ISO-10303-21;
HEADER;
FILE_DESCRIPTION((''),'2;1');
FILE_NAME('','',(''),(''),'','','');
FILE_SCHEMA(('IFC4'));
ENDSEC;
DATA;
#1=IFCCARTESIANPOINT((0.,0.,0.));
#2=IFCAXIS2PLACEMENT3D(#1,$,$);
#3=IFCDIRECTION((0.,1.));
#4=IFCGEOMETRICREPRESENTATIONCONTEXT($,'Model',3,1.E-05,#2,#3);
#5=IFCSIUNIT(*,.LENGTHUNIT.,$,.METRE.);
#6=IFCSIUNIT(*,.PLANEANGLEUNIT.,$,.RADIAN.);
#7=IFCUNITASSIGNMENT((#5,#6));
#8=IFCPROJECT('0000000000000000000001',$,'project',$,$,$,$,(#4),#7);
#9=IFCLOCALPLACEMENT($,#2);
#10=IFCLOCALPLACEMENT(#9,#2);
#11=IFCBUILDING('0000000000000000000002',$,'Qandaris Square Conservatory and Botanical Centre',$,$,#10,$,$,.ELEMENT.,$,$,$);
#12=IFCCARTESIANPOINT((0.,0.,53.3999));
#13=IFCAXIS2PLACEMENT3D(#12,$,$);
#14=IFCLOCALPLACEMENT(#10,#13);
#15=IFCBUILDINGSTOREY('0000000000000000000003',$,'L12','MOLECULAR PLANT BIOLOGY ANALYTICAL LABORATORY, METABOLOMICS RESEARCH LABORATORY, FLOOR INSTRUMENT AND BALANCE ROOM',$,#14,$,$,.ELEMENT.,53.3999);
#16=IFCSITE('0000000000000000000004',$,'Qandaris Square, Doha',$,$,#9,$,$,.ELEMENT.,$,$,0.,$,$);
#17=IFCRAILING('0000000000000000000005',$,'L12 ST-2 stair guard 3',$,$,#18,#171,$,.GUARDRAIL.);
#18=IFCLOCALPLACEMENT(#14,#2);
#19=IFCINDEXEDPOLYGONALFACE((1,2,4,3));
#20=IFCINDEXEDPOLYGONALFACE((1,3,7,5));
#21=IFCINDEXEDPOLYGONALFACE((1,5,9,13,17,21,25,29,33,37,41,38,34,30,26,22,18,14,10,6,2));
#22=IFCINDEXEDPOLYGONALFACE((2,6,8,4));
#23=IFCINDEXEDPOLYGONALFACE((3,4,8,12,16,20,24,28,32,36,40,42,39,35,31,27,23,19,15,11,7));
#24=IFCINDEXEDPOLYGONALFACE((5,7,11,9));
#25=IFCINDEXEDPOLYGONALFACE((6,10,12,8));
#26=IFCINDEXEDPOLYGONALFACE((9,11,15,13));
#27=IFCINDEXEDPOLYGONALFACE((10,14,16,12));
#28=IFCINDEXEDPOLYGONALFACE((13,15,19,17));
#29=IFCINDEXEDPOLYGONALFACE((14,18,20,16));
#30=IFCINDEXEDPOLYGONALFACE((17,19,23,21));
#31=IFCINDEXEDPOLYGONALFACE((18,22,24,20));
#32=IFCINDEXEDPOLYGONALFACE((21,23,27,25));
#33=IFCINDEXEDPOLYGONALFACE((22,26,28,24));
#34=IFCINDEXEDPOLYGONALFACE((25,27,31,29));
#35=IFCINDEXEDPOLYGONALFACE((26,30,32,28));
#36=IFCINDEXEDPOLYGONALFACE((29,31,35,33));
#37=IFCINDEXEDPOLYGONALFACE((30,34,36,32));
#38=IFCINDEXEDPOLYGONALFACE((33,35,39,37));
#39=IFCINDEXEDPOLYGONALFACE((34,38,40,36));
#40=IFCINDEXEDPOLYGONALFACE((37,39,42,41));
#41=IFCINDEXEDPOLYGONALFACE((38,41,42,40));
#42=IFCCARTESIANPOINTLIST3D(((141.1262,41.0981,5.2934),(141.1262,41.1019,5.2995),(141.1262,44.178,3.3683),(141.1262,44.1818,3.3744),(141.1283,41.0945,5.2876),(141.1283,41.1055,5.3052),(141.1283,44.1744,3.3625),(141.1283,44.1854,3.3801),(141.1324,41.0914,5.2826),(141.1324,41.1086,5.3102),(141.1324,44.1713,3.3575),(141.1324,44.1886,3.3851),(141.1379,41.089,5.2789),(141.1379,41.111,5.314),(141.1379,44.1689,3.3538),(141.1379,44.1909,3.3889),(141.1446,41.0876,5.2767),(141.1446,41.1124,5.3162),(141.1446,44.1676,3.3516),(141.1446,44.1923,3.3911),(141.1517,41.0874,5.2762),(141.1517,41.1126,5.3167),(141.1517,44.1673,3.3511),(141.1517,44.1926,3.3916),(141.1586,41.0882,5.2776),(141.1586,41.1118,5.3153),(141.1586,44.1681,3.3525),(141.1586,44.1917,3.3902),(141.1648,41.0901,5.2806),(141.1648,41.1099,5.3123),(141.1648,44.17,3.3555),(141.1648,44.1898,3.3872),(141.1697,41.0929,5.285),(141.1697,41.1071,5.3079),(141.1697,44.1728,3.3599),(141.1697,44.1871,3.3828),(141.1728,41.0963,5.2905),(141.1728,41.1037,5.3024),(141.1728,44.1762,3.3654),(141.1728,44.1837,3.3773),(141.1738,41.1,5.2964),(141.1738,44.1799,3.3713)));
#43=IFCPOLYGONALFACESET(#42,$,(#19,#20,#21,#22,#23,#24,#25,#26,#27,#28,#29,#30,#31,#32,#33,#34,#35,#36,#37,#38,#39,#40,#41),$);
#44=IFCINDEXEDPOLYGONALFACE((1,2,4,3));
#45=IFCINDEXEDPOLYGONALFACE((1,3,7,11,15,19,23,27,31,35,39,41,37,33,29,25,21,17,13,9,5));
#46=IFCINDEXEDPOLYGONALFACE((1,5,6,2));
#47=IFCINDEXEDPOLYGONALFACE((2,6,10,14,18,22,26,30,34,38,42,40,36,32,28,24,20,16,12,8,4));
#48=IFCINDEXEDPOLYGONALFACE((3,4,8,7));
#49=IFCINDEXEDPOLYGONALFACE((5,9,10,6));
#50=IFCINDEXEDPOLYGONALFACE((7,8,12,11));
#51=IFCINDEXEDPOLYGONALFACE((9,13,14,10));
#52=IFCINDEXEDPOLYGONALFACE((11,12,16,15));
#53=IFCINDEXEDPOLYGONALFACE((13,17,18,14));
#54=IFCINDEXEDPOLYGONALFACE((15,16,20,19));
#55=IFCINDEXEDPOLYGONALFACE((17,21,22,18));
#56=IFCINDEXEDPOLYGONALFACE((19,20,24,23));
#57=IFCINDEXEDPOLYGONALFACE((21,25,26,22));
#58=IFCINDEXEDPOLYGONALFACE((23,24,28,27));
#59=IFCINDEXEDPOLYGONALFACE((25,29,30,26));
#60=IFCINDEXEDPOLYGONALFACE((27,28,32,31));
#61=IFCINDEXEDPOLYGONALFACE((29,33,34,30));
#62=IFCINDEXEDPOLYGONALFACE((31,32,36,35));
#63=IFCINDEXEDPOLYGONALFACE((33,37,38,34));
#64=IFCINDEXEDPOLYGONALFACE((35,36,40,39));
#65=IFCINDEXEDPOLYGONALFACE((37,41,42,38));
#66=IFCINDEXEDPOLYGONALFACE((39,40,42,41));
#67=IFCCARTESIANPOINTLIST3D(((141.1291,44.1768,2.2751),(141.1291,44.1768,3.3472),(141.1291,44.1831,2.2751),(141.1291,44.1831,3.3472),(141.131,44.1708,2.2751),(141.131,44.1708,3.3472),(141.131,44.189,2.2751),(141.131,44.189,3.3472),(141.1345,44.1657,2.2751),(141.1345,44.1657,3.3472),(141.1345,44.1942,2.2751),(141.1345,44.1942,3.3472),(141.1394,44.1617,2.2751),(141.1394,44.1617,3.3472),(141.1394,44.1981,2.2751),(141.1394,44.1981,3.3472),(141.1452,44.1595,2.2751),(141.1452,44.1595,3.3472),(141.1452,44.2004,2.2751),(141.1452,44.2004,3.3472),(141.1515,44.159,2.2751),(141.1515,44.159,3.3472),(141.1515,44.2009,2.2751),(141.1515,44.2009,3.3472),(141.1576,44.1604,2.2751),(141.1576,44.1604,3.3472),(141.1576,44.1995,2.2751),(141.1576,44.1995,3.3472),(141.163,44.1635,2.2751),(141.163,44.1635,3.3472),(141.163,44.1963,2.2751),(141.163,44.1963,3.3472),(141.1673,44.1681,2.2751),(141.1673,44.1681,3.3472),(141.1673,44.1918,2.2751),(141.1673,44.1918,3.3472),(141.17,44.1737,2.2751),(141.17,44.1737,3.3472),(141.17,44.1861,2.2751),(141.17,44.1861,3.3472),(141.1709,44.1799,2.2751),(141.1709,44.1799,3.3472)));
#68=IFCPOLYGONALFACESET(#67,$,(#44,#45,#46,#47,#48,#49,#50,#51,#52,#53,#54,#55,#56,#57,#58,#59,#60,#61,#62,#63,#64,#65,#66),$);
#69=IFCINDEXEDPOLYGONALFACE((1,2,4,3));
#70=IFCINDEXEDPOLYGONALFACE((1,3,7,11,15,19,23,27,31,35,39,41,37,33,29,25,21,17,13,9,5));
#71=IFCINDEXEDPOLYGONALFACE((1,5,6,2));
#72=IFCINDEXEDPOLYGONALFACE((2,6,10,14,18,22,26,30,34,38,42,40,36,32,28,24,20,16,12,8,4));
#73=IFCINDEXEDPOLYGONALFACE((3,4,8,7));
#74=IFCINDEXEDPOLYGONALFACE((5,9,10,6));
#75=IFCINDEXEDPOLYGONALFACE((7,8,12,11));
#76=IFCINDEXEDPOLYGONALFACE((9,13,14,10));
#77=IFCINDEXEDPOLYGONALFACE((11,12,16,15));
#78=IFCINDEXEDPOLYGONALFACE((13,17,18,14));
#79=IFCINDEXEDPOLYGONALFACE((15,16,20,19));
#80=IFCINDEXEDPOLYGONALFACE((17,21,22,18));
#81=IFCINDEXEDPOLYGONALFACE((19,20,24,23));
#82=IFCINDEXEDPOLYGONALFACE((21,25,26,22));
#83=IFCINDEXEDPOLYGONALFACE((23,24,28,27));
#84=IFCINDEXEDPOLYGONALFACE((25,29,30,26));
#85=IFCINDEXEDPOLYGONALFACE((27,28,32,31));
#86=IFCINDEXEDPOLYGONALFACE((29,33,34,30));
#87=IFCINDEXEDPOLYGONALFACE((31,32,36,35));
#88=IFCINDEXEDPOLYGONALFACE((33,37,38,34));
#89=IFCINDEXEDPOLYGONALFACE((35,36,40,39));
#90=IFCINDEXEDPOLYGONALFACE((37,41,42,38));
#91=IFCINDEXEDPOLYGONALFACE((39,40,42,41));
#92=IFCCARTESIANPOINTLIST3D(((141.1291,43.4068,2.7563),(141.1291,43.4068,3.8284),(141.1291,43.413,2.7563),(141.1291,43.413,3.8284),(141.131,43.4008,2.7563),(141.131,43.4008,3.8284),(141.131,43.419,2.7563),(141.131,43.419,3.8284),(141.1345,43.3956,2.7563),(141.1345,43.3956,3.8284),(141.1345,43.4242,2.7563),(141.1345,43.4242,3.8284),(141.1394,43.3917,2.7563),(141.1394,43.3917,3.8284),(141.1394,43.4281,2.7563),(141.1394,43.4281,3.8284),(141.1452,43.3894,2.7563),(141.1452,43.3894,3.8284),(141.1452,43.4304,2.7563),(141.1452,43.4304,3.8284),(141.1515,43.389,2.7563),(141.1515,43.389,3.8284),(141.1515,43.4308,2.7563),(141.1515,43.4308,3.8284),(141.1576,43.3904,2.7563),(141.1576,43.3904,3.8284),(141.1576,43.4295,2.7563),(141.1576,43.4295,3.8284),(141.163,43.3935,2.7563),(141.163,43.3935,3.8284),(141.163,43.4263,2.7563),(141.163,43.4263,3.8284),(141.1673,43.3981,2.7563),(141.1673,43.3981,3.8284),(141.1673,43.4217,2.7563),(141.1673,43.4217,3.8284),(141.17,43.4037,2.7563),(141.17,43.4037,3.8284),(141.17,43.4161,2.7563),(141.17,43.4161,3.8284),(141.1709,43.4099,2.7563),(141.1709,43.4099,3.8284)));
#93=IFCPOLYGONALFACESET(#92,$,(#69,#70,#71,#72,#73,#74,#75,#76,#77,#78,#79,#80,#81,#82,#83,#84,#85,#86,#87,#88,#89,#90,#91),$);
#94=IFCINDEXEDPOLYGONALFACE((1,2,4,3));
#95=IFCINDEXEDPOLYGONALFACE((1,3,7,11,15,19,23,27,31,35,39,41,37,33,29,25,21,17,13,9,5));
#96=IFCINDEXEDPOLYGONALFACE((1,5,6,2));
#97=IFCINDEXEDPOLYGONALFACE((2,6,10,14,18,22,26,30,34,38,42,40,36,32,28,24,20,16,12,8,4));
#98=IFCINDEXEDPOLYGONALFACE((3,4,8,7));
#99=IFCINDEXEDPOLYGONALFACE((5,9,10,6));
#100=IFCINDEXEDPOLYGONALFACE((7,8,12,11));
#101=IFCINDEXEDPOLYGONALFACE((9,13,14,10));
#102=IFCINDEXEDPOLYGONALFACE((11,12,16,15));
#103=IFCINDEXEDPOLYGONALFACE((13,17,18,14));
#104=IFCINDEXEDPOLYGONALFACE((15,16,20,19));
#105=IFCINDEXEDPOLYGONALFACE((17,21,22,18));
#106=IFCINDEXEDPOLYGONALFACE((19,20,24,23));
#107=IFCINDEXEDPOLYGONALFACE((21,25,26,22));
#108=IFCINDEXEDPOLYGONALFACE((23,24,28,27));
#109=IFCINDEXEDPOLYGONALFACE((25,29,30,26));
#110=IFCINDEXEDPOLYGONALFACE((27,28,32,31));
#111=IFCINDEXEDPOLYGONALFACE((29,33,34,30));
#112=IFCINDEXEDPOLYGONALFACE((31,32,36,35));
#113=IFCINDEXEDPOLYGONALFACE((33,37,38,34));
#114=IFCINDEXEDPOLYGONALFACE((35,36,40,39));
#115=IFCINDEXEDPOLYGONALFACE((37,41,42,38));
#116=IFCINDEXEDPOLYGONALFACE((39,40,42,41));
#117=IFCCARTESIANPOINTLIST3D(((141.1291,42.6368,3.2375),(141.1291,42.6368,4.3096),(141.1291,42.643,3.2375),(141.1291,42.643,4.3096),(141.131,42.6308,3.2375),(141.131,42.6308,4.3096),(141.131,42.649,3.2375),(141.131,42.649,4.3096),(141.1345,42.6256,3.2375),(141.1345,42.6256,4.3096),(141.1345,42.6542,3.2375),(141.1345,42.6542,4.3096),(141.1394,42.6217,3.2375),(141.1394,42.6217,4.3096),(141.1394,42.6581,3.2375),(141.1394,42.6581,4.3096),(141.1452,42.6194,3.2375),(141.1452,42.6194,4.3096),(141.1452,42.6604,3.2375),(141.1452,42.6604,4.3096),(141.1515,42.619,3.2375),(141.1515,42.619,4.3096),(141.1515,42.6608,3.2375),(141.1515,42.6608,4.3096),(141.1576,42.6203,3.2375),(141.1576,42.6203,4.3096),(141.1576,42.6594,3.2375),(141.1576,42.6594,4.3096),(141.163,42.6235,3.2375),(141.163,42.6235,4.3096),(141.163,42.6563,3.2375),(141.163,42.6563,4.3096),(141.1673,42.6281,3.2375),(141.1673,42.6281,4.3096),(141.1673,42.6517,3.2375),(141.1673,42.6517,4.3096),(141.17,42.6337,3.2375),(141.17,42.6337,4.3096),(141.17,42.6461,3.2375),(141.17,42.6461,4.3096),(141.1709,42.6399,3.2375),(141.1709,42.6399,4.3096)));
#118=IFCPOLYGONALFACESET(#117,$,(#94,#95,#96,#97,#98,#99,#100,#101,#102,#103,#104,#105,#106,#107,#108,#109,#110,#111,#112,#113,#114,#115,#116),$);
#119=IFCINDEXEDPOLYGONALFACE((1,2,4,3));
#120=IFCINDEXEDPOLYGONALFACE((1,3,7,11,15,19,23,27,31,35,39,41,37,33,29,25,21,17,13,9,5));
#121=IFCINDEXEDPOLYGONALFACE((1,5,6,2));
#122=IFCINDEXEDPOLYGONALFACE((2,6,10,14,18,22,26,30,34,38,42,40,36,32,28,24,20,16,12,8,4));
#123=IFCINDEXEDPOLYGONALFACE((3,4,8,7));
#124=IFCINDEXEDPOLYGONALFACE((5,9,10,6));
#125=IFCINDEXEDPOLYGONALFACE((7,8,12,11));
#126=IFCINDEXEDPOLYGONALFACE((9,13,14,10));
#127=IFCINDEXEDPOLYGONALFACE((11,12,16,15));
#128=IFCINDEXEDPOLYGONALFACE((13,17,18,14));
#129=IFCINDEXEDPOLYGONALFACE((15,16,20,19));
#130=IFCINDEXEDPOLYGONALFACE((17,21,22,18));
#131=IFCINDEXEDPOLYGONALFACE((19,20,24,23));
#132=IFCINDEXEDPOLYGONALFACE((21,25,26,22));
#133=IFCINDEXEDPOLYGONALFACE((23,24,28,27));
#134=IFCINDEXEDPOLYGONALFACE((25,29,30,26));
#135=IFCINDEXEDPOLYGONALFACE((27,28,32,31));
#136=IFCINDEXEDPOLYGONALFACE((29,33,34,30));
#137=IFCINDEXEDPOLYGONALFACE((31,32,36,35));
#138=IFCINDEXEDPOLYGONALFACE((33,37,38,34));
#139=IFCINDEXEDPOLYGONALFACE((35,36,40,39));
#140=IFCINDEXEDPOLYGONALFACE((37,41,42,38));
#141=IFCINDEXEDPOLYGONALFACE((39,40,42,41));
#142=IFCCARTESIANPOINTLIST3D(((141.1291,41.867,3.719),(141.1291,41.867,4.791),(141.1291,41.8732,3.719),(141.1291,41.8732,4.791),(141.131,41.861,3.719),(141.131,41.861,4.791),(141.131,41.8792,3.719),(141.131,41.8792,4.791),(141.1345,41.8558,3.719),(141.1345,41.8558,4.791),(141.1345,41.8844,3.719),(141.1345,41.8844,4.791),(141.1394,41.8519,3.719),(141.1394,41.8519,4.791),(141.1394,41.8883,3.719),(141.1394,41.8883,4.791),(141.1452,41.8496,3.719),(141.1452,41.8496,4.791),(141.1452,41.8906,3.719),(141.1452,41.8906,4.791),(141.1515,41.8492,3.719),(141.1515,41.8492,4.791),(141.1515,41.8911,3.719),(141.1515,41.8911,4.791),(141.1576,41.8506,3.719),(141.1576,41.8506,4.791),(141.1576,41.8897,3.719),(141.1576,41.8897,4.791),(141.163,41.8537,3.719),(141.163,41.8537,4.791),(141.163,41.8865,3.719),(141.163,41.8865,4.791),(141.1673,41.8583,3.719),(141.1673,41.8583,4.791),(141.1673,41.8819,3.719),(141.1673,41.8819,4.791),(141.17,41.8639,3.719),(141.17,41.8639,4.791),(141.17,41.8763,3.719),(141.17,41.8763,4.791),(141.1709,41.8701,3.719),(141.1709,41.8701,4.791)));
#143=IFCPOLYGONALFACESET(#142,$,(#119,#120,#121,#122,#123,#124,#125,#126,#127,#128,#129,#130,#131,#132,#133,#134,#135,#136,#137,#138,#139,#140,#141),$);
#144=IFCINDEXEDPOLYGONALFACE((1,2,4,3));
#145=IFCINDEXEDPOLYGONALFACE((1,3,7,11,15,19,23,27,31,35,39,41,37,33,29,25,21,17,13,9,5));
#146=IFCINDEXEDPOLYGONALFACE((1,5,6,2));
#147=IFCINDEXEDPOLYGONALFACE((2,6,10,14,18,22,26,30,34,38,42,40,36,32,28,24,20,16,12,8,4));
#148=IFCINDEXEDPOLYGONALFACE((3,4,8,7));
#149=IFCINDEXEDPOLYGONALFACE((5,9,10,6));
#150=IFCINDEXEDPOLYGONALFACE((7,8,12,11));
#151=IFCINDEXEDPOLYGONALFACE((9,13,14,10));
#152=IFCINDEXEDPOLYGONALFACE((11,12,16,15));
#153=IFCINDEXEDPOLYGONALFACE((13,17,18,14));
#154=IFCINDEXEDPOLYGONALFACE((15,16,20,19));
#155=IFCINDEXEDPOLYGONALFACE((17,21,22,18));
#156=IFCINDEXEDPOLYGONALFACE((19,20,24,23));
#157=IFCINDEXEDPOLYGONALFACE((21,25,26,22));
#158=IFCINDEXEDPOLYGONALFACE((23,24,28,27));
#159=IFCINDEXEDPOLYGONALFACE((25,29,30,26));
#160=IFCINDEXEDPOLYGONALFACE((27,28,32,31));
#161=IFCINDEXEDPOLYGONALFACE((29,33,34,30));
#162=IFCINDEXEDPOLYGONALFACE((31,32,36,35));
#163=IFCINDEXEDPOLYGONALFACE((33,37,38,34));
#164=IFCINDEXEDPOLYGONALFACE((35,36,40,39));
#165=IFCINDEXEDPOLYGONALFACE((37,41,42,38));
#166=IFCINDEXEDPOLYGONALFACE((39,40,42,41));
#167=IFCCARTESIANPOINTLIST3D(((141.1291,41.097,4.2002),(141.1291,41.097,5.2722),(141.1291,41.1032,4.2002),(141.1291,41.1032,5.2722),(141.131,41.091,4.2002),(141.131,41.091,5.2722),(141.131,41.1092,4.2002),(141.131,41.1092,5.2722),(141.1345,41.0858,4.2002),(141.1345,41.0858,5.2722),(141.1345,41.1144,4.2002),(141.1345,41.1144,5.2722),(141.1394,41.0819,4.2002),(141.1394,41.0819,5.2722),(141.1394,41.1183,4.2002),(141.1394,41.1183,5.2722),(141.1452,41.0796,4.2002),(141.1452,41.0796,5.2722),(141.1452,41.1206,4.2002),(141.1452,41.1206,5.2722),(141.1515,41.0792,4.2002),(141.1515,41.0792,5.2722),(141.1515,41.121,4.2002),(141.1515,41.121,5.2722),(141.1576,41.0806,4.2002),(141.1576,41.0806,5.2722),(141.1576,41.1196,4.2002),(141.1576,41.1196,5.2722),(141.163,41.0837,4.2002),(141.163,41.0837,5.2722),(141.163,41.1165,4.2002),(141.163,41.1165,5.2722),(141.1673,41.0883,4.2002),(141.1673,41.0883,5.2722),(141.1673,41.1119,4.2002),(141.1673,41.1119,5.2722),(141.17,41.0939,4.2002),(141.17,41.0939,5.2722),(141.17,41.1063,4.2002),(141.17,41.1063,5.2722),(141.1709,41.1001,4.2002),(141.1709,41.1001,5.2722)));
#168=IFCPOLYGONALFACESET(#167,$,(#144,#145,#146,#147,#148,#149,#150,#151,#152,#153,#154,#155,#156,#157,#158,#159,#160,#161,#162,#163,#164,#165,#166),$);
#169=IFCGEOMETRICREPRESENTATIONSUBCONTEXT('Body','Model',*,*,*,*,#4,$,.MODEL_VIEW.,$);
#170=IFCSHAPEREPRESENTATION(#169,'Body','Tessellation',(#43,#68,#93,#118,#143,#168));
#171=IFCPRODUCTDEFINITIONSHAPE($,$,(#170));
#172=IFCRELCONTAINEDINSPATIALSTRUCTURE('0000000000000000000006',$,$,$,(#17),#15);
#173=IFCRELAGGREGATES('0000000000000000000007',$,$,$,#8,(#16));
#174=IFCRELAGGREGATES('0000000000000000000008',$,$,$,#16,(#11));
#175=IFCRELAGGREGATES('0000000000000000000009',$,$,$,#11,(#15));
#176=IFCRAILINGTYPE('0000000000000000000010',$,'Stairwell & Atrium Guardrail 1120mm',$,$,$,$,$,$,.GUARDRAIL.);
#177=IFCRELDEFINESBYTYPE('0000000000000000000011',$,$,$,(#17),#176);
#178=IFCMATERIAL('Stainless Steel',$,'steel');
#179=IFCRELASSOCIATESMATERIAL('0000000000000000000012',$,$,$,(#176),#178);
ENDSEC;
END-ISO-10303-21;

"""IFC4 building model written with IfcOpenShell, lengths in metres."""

from ifc_helpers import new_model, si_unit, direction, frame, origin, origin_2d, place, context, subcontext, project, spatial, circle, extrude, material, type_object, element, save


model = new_model("IFC4")

# Units and contexts
model_context = context("Model", 3, precision=1e-05, world=origin(), true_north=direction((0.0, 1.0)))
body_context = subcontext(model_context, "Body", "Model", "MODEL_VIEW")
ifc_project = project(units=[si_unit("LENGTHUNIT", "METRE"), si_unit("PLANEANGLEUNIT", "RADIAN")], contexts=[model_context])

# Site, building, storey
site_placement = place(None, origin())
site = spatial("IfcSite", under=ifc_project, at=site_placement, Name="Qandaris Square, Doha", CompositionType="ELEMENT", RefElevation=0.0)
building_placement = place(site_placement, origin())
building = spatial("IfcBuilding", under=site, at=building_placement, Name="Qandaris Square Conservatory and Botanical Centre", CompositionType="ELEMENT")
storey_placement = place(building_placement, frame((0.0, 0.0, 53.3999)))
storey = spatial("IfcBuildingStorey", under=building, at=storey_placement, Name="L12", Description="MOLECULAR PLANT BIOLOGY ANALYTICAL LABORATORY, METABOLOMICS RESEARCH LABORATORY, FLOOR INSTRUMENT AND BALANCE ROOM", CompositionType="ELEMENT", Elevation=53.3999)

# Railing
ifc_material_1 = material(Name="Stainless Steel", Category="steel")
railing_type_1 = type_object("IfcRailingType", Name="Stairwell & Atrium Guardrail 1120mm", PredefinedType="GUARDRAIL", material=ifc_material_1)
railing_1_placement = place(storey_placement, frame((141.1499, 44.1799, 2.2751)))
element("IfcRailing", 1, at=railing_1_placement, inside=storey, type_object=railing_type_1, Name="L12 ST-2 stair guard 3", PredefinedType="GUARDRAIL", context=body_context, shape_type="SweptSolid", body=[
    extrude(circle(Radius=0.0239, at=origin_2d()), frame((0.0, 0.0, 1.0962), z_axis=(0.0, -0.847979, 0.530029), x_axis=(1.0, 0.0, 0.0)), (0.0, 0.0, 1.0), 3.6321),
    extrude(circle(Radius=0.021, at=origin_2d()), origin(), (0.0, 0.0, 1.0), 1.072),
    extrude(circle(Radius=0.021, at=origin_2d()), frame((0.0, -0.77, 0.4812)), (0.0, 0.0, 1.0), 1.072),
    extrude(circle(Radius=0.021, at=origin_2d()), frame((0.0, -1.54, 0.9624)), (0.0, 0.0, 1.0), 1.072),
    extrude(circle(Radius=0.021, at=origin_2d()), frame((0.0, -2.3098, 1.4438)), (0.0, 0.0, 1.0), 1.072),
    extrude(circle(Radius=0.021, at=origin_2d()), frame((0.0, -3.0798, 1.925)), (0.0, 0.0, 1.0), 1.072),
])

save(model, "model.ifc")
